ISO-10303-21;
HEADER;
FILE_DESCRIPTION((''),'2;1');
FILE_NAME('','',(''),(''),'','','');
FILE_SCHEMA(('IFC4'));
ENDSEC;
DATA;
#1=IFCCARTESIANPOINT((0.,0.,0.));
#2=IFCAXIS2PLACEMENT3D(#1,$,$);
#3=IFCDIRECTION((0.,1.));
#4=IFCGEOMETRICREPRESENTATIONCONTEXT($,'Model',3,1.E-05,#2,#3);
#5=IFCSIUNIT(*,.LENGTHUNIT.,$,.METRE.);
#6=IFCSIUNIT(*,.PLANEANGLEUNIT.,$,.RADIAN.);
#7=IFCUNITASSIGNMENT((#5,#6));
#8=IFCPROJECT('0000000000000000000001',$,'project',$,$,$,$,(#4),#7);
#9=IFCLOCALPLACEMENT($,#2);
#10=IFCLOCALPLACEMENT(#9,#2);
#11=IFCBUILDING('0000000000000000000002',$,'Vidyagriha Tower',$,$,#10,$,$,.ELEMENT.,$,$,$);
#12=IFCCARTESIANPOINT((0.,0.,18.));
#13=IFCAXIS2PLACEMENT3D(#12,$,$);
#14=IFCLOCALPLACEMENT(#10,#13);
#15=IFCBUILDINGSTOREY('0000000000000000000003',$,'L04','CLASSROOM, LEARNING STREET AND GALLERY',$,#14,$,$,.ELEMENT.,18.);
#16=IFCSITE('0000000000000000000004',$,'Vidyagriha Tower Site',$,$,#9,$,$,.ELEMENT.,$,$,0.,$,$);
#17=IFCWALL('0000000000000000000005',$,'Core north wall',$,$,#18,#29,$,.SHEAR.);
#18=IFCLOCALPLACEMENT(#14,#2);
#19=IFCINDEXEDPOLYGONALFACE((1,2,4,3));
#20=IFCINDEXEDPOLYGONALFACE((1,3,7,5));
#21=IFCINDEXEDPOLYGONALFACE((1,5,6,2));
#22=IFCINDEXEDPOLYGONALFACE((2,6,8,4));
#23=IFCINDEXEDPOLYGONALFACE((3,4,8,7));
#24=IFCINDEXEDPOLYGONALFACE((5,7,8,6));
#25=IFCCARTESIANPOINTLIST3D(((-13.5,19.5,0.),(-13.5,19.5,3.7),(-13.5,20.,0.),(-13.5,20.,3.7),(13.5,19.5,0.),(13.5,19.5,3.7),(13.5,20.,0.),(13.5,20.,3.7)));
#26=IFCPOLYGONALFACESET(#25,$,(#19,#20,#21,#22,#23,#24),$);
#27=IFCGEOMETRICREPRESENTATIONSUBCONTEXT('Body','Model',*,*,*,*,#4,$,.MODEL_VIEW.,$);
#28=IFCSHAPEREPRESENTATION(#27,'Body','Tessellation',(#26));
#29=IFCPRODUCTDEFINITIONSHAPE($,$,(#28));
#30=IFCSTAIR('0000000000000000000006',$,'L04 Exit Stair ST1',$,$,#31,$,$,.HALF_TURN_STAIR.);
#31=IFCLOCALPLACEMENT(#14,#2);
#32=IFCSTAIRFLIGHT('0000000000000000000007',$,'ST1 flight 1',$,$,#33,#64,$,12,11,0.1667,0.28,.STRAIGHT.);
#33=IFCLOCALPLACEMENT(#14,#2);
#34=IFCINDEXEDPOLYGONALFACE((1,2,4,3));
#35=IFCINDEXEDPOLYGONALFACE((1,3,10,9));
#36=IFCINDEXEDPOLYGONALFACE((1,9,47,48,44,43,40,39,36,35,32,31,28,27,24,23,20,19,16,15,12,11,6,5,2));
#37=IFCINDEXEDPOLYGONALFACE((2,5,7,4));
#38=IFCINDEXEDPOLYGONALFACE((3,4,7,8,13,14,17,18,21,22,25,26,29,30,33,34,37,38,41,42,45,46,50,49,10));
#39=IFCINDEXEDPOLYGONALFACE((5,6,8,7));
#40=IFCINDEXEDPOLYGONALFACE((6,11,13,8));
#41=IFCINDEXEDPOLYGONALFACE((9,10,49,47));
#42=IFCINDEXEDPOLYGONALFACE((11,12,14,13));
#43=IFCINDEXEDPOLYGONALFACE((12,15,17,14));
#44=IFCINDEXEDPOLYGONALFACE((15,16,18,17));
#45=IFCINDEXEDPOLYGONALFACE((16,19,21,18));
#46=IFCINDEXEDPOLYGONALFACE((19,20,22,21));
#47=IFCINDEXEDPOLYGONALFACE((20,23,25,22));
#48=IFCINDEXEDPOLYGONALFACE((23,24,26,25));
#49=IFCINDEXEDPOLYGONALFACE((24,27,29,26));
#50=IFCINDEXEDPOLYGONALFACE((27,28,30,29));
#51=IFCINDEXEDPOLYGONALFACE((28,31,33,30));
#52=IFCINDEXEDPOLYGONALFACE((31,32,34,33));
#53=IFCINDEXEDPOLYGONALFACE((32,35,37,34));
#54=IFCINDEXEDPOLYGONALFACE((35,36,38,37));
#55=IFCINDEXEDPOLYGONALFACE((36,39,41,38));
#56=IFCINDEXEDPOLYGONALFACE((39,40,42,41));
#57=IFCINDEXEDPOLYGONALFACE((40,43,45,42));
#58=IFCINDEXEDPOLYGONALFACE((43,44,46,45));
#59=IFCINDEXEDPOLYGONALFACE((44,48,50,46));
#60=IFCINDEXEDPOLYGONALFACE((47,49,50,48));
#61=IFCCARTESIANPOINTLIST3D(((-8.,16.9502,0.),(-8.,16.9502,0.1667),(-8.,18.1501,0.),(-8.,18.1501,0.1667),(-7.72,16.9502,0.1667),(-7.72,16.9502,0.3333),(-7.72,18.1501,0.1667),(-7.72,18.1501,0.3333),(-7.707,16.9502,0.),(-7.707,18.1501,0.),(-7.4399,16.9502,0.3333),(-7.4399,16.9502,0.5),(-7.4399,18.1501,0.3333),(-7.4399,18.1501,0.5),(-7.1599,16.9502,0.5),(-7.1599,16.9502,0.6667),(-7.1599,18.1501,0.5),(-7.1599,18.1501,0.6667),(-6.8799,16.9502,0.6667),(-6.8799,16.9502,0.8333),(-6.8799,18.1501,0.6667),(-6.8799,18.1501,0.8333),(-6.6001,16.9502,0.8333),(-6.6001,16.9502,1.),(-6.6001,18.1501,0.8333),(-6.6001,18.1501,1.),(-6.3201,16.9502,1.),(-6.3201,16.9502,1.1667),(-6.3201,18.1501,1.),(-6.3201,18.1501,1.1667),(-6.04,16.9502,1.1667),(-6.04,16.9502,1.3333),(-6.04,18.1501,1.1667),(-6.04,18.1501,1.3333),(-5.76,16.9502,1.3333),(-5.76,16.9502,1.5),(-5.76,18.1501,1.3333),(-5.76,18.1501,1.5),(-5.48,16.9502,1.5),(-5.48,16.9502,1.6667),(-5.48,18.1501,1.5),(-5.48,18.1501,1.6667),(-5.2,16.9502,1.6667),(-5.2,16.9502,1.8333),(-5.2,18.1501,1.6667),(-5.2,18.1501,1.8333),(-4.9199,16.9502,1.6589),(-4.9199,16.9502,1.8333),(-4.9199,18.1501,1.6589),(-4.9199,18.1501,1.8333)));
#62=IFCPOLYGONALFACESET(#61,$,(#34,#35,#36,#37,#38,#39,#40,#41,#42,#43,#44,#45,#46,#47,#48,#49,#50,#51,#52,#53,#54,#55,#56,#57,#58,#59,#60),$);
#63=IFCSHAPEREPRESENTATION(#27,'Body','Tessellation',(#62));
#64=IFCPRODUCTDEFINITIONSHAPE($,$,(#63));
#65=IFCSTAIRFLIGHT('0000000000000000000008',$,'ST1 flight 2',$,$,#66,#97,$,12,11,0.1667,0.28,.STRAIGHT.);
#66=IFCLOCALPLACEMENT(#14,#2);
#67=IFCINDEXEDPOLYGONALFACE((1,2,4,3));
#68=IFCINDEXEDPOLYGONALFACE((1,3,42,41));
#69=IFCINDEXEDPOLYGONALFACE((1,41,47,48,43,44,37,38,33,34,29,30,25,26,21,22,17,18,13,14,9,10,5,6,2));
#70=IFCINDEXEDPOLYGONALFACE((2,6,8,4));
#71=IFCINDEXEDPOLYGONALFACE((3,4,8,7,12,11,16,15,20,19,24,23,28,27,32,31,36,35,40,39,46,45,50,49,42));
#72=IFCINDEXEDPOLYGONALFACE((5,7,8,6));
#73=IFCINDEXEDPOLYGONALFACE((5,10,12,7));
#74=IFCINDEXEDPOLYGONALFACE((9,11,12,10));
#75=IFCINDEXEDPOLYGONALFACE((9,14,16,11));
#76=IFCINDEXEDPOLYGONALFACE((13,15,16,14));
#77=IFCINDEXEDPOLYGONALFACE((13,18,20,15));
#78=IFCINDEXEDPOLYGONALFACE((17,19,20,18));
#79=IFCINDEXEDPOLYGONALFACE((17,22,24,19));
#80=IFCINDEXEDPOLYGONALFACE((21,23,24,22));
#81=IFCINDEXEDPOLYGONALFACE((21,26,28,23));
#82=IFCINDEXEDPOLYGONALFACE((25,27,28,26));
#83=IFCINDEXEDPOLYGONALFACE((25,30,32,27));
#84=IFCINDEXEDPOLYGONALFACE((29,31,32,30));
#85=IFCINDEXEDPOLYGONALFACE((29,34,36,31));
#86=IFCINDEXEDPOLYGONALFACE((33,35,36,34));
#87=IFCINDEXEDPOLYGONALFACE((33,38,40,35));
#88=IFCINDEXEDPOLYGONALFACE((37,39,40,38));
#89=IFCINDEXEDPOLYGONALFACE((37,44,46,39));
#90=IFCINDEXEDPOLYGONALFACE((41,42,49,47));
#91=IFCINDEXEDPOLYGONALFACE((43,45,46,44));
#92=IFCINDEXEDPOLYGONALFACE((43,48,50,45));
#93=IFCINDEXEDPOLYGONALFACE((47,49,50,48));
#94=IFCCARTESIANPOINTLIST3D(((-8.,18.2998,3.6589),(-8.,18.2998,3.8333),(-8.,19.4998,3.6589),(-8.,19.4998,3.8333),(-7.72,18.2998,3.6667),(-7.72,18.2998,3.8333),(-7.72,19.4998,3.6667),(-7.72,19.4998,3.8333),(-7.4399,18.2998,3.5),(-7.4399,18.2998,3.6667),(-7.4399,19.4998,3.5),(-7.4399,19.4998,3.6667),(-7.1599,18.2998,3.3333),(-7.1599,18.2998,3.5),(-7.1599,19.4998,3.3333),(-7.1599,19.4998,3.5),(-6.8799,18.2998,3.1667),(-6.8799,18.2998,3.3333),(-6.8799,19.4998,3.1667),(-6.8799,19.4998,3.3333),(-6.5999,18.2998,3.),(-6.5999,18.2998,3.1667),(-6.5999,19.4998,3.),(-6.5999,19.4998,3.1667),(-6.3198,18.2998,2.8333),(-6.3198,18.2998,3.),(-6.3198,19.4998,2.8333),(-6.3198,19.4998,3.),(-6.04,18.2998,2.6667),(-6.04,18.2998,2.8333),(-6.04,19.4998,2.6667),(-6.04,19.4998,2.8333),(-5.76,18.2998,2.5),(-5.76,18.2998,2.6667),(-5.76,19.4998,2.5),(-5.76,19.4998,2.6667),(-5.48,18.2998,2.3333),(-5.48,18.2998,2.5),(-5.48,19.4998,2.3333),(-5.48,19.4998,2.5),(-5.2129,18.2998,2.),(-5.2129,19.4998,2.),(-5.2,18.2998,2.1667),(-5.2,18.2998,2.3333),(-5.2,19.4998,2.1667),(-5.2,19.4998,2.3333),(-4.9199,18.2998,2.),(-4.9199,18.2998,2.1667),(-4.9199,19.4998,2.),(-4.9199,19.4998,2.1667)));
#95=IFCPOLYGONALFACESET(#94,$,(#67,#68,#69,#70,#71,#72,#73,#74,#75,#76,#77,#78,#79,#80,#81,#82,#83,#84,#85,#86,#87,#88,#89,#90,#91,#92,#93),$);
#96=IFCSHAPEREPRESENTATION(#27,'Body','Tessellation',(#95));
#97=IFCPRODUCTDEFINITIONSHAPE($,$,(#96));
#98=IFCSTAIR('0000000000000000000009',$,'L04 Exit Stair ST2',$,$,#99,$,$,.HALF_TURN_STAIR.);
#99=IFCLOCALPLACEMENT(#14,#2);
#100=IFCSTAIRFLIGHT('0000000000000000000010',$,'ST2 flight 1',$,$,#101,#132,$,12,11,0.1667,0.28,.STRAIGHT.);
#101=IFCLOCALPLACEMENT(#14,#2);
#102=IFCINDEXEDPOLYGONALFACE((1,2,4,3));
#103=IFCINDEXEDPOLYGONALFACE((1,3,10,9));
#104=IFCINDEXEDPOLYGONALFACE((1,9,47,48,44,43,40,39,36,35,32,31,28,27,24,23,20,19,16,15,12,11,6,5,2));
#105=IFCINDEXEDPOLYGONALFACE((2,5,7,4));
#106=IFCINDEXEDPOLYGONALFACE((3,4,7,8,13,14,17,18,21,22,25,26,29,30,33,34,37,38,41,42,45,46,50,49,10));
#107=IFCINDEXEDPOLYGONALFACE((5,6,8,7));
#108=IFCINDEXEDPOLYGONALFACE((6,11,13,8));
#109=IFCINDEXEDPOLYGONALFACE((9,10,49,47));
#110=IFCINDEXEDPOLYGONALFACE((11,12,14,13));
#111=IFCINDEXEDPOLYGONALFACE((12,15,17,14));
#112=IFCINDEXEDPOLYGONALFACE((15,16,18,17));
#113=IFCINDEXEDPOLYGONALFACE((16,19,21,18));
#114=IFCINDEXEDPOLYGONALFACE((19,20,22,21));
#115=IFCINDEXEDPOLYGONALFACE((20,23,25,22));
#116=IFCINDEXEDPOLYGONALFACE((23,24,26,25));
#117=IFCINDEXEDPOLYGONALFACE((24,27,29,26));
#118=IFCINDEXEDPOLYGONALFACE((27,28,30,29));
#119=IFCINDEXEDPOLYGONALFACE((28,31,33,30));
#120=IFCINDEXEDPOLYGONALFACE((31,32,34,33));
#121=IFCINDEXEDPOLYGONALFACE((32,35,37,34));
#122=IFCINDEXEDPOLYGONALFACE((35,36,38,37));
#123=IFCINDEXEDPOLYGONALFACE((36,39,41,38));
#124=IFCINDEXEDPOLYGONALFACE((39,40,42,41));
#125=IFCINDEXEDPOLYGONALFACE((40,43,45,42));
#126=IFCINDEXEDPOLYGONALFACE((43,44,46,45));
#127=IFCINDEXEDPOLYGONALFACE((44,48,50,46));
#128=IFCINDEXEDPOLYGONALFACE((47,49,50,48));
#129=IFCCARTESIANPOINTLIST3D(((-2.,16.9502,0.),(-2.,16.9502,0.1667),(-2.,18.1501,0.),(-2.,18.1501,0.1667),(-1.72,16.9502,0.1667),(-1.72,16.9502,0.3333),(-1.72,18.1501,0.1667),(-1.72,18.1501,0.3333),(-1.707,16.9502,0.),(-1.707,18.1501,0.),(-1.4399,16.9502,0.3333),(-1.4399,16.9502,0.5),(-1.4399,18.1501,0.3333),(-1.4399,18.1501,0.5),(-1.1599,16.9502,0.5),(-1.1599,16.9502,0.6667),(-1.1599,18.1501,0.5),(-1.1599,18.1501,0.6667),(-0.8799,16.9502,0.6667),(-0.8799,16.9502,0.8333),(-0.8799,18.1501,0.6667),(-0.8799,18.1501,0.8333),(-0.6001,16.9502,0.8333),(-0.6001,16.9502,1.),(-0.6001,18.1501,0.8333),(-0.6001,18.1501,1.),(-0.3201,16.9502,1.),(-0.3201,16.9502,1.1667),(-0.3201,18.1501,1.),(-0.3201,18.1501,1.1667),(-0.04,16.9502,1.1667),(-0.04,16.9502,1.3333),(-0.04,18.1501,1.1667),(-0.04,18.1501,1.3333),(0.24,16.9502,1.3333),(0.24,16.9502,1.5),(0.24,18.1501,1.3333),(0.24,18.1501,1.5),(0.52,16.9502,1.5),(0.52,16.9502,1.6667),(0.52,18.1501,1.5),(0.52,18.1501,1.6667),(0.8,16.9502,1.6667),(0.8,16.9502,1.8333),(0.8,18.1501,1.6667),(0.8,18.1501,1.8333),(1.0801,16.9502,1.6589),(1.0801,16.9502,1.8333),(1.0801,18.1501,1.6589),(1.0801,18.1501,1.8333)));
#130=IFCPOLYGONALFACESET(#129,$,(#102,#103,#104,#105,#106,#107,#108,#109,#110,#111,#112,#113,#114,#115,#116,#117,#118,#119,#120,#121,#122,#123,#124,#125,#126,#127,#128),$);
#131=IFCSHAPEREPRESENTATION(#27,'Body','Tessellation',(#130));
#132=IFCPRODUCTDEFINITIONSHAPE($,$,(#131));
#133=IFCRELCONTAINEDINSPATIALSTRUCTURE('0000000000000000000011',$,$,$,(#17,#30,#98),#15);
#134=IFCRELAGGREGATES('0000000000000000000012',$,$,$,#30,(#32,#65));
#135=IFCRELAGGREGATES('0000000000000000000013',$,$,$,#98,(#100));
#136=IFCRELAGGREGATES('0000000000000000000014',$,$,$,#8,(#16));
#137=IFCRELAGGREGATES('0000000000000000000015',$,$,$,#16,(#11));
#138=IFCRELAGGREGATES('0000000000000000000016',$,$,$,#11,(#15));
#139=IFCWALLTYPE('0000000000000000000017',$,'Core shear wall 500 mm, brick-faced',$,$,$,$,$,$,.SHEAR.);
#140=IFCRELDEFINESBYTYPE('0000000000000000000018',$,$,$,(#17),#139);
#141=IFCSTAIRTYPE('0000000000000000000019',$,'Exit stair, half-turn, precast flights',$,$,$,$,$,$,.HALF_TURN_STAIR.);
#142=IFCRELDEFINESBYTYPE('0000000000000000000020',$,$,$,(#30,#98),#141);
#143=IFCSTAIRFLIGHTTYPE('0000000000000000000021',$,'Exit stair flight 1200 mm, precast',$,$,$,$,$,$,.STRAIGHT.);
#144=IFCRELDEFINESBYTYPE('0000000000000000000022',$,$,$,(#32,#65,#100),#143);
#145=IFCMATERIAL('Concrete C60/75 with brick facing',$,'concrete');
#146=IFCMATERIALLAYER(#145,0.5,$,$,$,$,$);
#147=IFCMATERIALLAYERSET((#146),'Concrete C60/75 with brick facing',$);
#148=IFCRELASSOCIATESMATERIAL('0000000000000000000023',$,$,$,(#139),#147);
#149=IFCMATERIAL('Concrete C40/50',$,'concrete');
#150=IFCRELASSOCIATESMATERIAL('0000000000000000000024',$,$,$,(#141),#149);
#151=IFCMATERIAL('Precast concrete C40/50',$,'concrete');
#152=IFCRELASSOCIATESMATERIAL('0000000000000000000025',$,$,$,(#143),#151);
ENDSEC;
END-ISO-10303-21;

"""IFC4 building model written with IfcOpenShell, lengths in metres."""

from ifc_helpers import new_model, si_unit, direction, frame, frame_2d, origin, place, context, subcontext, project, spatial, polyline, rectangle, outline, extrude, material, layer, layer_set, type_object, element, aggregate, save


model = new_model("IFC4")

# Units and contexts
model_context = context("Model", 3, precision=1e-05, world=origin(), true_north=direction((0.0, 1.0)))
body_context = subcontext(model_context, "Body", "Model", "MODEL_VIEW")
ifc_project = project(units=[si_unit("LENGTHUNIT", "METRE"), si_unit("PLANEANGLEUNIT", "RADIAN")], contexts=[model_context])

# Site, building, storey
site_placement = place(None, origin())
site = spatial("IfcSite", under=ifc_project, at=site_placement, Name="Vidyagriha Tower Site", CompositionType="ELEMENT", RefElevation=0.0)
building_placement = place(site_placement, origin())
building = spatial("IfcBuilding", under=site, at=building_placement, Name="Vidyagriha Tower", CompositionType="ELEMENT")
storey_placement = place(building_placement, frame((0.0, 0.0, 18.0)))
storey = spatial("IfcBuildingStorey", under=building, at=storey_placement, Name="L04", Description="CLASSROOM, LEARNING STREET AND GALLERY", CompositionType="ELEMENT", Elevation=18.0)

# Wall
ifc_material_1 = material(Name="Concrete C60/75 with brick facing", Category="concrete")
ifc_layer_1 = layer(ifc_material_1, 0.5)
ifc_layer_set_1 = layer_set([ifc_layer_1], Name="Concrete C60/75 with brick facing")
wall_type_1 = type_object("IfcWallType", Name="Core shear wall 500 mm, brick-faced", PredefinedType="SHEAR", material=ifc_layer_set_1)
wall_1_placement = place(storey_placement, frame((-13.5, 19.75, 0.0)))
element("IfcWall", 1, at=wall_1_placement, inside=storey, type_object=wall_type_1, Name="Core north wall", PredefinedType="SHEAR", context=body_context, shape_type="SweptSolid", body=[
    extrude(rectangle(XDim=27.0, YDim=0.5, at=frame_2d((13.5, 0.0))), origin(), (0.0, 0.0, 1.0), 3.7),
])

# Stair, stair flights
ifc_material_2 = material(Name="Concrete C40/50", Category="concrete")
stair_type = type_object("IfcStairType", Name="Exit stair, half-turn, precast flights", PredefinedType="HALF_TURN_STAIR", material=ifc_material_2)
stair_1_placement = place(storey_placement, origin())
stair_1 = element("IfcStair", 2, at=stair_1_placement, inside=storey, type_object=stair_type, Name="L04 Exit Stair ST1", PredefinedType="HALF_TURN_STAIR")
ifc_material_3 = material(Name="Precast concrete C40/50", Category="concrete")
stair_flight_type = type_object("IfcStairFlightType", Name="Exit stair flight 1200 mm, precast", PredefinedType="STRAIGHT", material=ifc_material_3)
stair_flight_1_placement = place(storey_placement, frame((-8.0, 17.55, 0.0)))
stair_flight_1 = element("IfcStairFlight", 3, at=stair_flight_1_placement, type_object=stair_flight_type, Name="ST1 flight 1", NumberOfRisers=12, NumberOfTreads=11, PredefinedType="STRAIGHT", RiserHeight=0.1667, TreadLength=0.28, context=body_context, shape_type="SweptSolid", body=[
    extrude(outline(polyline([(0.0, 0.0), (0.0, 0.1667), (0.28, 0.1667), (0.28, 0.3333), (0.5601, 0.3333), (0.5601, 0.5), (0.8401, 0.5), (0.8401, 0.6667), (1.1201, 0.6667), (1.1201, 0.8333), (1.3999, 0.8333), (1.3999, 1.0), (1.6799, 1.0), (1.6799, 1.1667), (1.96, 1.1667), (1.96, 1.3333), (2.24, 1.3333), (2.24, 1.5), (2.52, 1.5), (2.52, 1.6667), (2.8, 1.6667), (2.8, 1.8333), (3.0801, 1.8333), (3.0801, 2.0), (3.0801, 1.6589), (0.293, 0.0), (0.0, 0.0)])), frame((0.0, 0.6001, 0.0), z_axis=(0.0, -1.0, 0.0), x_axis=(1.0, 0.0, 0.0)), (0.0, 0.0, 1.0), 1.2),
])
stair_flight_2_placement = place(storey_placement, frame((-4.9199, 18.8999, 2.0), z_axis=(0.0, 0.0, 1.0), x_axis=(-1.0, 0.0, 0.0)))
stair_flight_2 = element("IfcStairFlight", 4, at=stair_flight_2_placement, type_object=stair_flight_type, Name="ST1 flight 2", NumberOfRisers=12, NumberOfTreads=11, PredefinedType="STRAIGHT", RiserHeight=0.1667, TreadLength=0.28, context=body_context, shape_type="SweptSolid", body=[
    extrude(outline(polyline([(0.0, 0.0), (0.0, 0.1667), (0.28, 0.1667), (0.28, 0.3333), (0.5601, 0.3333), (0.5601, 0.5), (0.8401, 0.5), (0.8401, 0.6667), (1.1201, 0.6667), (1.1201, 0.8333), (1.3999, 0.8333), (1.3999, 1.0), (1.6799, 1.0), (1.6799, 1.1667), (1.96, 1.1667), (1.96, 1.3333), (2.24, 1.3333), (2.24, 1.5), (2.52, 1.5), (2.52, 1.6667), (2.8, 1.6667), (2.8, 1.8333), (3.0801, 1.8333), (3.0801, 2.0), (3.0801, 1.6589), (0.293, 0.0), (0.0, 0.0)])), frame((0.0, 0.6001, 0.0), z_axis=(0.0, -1.0, 0.0), x_axis=(1.0, 0.0, 0.0)), (0.0, 0.0, 1.0), 1.2),
])
aggregate(stair_1, [stair_flight_1, stair_flight_2])

# Stair, stair flight
stair_2_placement = place(storey_placement, origin())
stair_2 = element("IfcStair", 5, at=stair_2_placement, inside=storey, type_object=stair_type, Name="L04 Exit Stair ST2", PredefinedType="HALF_TURN_STAIR")
stair_flight_3_placement = place(storey_placement, frame((-2.0, 17.55, 0.0)))
stair_flight_3 = element("IfcStairFlight", 6, at=stair_flight_3_placement, type_object=stair_flight_type, Name="ST2 flight 1", NumberOfRisers=12, NumberOfTreads=11, PredefinedType="STRAIGHT", RiserHeight=0.1667, TreadLength=0.28, context=body_context, shape_type="SweptSolid", body=[
    extrude(outline(polyline([(0.0, 0.0), (0.0, 0.1667), (0.28, 0.1667), (0.28, 0.3333), (0.5601, 0.3333), (0.5601, 0.5), (0.8401, 0.5), (0.8401, 0.6667), (1.1201, 0.6667), (1.1201, 0.8333), (1.3999, 0.8333), (1.3999, 1.0), (1.6799, 1.0), (1.6799, 1.1667), (1.96, 1.1667), (1.96, 1.3333), (2.24, 1.3333), (2.24, 1.5), (2.52, 1.5), (2.52, 1.6667), (2.8, 1.6667), (2.8, 1.8333), (3.0801, 1.8333), (3.0801, 2.0), (3.0801, 1.6589), (0.293, 0.0), (0.0, 0.0)])), frame((0.0, 0.6001, 0.0), z_axis=(0.0, -1.0, 0.0), x_axis=(1.0, 0.0, 0.0)), (0.0, 0.0, 1.0), 1.2),
])
aggregate(stair_2, [stair_flight_3])

save(model, "model.ifc")
